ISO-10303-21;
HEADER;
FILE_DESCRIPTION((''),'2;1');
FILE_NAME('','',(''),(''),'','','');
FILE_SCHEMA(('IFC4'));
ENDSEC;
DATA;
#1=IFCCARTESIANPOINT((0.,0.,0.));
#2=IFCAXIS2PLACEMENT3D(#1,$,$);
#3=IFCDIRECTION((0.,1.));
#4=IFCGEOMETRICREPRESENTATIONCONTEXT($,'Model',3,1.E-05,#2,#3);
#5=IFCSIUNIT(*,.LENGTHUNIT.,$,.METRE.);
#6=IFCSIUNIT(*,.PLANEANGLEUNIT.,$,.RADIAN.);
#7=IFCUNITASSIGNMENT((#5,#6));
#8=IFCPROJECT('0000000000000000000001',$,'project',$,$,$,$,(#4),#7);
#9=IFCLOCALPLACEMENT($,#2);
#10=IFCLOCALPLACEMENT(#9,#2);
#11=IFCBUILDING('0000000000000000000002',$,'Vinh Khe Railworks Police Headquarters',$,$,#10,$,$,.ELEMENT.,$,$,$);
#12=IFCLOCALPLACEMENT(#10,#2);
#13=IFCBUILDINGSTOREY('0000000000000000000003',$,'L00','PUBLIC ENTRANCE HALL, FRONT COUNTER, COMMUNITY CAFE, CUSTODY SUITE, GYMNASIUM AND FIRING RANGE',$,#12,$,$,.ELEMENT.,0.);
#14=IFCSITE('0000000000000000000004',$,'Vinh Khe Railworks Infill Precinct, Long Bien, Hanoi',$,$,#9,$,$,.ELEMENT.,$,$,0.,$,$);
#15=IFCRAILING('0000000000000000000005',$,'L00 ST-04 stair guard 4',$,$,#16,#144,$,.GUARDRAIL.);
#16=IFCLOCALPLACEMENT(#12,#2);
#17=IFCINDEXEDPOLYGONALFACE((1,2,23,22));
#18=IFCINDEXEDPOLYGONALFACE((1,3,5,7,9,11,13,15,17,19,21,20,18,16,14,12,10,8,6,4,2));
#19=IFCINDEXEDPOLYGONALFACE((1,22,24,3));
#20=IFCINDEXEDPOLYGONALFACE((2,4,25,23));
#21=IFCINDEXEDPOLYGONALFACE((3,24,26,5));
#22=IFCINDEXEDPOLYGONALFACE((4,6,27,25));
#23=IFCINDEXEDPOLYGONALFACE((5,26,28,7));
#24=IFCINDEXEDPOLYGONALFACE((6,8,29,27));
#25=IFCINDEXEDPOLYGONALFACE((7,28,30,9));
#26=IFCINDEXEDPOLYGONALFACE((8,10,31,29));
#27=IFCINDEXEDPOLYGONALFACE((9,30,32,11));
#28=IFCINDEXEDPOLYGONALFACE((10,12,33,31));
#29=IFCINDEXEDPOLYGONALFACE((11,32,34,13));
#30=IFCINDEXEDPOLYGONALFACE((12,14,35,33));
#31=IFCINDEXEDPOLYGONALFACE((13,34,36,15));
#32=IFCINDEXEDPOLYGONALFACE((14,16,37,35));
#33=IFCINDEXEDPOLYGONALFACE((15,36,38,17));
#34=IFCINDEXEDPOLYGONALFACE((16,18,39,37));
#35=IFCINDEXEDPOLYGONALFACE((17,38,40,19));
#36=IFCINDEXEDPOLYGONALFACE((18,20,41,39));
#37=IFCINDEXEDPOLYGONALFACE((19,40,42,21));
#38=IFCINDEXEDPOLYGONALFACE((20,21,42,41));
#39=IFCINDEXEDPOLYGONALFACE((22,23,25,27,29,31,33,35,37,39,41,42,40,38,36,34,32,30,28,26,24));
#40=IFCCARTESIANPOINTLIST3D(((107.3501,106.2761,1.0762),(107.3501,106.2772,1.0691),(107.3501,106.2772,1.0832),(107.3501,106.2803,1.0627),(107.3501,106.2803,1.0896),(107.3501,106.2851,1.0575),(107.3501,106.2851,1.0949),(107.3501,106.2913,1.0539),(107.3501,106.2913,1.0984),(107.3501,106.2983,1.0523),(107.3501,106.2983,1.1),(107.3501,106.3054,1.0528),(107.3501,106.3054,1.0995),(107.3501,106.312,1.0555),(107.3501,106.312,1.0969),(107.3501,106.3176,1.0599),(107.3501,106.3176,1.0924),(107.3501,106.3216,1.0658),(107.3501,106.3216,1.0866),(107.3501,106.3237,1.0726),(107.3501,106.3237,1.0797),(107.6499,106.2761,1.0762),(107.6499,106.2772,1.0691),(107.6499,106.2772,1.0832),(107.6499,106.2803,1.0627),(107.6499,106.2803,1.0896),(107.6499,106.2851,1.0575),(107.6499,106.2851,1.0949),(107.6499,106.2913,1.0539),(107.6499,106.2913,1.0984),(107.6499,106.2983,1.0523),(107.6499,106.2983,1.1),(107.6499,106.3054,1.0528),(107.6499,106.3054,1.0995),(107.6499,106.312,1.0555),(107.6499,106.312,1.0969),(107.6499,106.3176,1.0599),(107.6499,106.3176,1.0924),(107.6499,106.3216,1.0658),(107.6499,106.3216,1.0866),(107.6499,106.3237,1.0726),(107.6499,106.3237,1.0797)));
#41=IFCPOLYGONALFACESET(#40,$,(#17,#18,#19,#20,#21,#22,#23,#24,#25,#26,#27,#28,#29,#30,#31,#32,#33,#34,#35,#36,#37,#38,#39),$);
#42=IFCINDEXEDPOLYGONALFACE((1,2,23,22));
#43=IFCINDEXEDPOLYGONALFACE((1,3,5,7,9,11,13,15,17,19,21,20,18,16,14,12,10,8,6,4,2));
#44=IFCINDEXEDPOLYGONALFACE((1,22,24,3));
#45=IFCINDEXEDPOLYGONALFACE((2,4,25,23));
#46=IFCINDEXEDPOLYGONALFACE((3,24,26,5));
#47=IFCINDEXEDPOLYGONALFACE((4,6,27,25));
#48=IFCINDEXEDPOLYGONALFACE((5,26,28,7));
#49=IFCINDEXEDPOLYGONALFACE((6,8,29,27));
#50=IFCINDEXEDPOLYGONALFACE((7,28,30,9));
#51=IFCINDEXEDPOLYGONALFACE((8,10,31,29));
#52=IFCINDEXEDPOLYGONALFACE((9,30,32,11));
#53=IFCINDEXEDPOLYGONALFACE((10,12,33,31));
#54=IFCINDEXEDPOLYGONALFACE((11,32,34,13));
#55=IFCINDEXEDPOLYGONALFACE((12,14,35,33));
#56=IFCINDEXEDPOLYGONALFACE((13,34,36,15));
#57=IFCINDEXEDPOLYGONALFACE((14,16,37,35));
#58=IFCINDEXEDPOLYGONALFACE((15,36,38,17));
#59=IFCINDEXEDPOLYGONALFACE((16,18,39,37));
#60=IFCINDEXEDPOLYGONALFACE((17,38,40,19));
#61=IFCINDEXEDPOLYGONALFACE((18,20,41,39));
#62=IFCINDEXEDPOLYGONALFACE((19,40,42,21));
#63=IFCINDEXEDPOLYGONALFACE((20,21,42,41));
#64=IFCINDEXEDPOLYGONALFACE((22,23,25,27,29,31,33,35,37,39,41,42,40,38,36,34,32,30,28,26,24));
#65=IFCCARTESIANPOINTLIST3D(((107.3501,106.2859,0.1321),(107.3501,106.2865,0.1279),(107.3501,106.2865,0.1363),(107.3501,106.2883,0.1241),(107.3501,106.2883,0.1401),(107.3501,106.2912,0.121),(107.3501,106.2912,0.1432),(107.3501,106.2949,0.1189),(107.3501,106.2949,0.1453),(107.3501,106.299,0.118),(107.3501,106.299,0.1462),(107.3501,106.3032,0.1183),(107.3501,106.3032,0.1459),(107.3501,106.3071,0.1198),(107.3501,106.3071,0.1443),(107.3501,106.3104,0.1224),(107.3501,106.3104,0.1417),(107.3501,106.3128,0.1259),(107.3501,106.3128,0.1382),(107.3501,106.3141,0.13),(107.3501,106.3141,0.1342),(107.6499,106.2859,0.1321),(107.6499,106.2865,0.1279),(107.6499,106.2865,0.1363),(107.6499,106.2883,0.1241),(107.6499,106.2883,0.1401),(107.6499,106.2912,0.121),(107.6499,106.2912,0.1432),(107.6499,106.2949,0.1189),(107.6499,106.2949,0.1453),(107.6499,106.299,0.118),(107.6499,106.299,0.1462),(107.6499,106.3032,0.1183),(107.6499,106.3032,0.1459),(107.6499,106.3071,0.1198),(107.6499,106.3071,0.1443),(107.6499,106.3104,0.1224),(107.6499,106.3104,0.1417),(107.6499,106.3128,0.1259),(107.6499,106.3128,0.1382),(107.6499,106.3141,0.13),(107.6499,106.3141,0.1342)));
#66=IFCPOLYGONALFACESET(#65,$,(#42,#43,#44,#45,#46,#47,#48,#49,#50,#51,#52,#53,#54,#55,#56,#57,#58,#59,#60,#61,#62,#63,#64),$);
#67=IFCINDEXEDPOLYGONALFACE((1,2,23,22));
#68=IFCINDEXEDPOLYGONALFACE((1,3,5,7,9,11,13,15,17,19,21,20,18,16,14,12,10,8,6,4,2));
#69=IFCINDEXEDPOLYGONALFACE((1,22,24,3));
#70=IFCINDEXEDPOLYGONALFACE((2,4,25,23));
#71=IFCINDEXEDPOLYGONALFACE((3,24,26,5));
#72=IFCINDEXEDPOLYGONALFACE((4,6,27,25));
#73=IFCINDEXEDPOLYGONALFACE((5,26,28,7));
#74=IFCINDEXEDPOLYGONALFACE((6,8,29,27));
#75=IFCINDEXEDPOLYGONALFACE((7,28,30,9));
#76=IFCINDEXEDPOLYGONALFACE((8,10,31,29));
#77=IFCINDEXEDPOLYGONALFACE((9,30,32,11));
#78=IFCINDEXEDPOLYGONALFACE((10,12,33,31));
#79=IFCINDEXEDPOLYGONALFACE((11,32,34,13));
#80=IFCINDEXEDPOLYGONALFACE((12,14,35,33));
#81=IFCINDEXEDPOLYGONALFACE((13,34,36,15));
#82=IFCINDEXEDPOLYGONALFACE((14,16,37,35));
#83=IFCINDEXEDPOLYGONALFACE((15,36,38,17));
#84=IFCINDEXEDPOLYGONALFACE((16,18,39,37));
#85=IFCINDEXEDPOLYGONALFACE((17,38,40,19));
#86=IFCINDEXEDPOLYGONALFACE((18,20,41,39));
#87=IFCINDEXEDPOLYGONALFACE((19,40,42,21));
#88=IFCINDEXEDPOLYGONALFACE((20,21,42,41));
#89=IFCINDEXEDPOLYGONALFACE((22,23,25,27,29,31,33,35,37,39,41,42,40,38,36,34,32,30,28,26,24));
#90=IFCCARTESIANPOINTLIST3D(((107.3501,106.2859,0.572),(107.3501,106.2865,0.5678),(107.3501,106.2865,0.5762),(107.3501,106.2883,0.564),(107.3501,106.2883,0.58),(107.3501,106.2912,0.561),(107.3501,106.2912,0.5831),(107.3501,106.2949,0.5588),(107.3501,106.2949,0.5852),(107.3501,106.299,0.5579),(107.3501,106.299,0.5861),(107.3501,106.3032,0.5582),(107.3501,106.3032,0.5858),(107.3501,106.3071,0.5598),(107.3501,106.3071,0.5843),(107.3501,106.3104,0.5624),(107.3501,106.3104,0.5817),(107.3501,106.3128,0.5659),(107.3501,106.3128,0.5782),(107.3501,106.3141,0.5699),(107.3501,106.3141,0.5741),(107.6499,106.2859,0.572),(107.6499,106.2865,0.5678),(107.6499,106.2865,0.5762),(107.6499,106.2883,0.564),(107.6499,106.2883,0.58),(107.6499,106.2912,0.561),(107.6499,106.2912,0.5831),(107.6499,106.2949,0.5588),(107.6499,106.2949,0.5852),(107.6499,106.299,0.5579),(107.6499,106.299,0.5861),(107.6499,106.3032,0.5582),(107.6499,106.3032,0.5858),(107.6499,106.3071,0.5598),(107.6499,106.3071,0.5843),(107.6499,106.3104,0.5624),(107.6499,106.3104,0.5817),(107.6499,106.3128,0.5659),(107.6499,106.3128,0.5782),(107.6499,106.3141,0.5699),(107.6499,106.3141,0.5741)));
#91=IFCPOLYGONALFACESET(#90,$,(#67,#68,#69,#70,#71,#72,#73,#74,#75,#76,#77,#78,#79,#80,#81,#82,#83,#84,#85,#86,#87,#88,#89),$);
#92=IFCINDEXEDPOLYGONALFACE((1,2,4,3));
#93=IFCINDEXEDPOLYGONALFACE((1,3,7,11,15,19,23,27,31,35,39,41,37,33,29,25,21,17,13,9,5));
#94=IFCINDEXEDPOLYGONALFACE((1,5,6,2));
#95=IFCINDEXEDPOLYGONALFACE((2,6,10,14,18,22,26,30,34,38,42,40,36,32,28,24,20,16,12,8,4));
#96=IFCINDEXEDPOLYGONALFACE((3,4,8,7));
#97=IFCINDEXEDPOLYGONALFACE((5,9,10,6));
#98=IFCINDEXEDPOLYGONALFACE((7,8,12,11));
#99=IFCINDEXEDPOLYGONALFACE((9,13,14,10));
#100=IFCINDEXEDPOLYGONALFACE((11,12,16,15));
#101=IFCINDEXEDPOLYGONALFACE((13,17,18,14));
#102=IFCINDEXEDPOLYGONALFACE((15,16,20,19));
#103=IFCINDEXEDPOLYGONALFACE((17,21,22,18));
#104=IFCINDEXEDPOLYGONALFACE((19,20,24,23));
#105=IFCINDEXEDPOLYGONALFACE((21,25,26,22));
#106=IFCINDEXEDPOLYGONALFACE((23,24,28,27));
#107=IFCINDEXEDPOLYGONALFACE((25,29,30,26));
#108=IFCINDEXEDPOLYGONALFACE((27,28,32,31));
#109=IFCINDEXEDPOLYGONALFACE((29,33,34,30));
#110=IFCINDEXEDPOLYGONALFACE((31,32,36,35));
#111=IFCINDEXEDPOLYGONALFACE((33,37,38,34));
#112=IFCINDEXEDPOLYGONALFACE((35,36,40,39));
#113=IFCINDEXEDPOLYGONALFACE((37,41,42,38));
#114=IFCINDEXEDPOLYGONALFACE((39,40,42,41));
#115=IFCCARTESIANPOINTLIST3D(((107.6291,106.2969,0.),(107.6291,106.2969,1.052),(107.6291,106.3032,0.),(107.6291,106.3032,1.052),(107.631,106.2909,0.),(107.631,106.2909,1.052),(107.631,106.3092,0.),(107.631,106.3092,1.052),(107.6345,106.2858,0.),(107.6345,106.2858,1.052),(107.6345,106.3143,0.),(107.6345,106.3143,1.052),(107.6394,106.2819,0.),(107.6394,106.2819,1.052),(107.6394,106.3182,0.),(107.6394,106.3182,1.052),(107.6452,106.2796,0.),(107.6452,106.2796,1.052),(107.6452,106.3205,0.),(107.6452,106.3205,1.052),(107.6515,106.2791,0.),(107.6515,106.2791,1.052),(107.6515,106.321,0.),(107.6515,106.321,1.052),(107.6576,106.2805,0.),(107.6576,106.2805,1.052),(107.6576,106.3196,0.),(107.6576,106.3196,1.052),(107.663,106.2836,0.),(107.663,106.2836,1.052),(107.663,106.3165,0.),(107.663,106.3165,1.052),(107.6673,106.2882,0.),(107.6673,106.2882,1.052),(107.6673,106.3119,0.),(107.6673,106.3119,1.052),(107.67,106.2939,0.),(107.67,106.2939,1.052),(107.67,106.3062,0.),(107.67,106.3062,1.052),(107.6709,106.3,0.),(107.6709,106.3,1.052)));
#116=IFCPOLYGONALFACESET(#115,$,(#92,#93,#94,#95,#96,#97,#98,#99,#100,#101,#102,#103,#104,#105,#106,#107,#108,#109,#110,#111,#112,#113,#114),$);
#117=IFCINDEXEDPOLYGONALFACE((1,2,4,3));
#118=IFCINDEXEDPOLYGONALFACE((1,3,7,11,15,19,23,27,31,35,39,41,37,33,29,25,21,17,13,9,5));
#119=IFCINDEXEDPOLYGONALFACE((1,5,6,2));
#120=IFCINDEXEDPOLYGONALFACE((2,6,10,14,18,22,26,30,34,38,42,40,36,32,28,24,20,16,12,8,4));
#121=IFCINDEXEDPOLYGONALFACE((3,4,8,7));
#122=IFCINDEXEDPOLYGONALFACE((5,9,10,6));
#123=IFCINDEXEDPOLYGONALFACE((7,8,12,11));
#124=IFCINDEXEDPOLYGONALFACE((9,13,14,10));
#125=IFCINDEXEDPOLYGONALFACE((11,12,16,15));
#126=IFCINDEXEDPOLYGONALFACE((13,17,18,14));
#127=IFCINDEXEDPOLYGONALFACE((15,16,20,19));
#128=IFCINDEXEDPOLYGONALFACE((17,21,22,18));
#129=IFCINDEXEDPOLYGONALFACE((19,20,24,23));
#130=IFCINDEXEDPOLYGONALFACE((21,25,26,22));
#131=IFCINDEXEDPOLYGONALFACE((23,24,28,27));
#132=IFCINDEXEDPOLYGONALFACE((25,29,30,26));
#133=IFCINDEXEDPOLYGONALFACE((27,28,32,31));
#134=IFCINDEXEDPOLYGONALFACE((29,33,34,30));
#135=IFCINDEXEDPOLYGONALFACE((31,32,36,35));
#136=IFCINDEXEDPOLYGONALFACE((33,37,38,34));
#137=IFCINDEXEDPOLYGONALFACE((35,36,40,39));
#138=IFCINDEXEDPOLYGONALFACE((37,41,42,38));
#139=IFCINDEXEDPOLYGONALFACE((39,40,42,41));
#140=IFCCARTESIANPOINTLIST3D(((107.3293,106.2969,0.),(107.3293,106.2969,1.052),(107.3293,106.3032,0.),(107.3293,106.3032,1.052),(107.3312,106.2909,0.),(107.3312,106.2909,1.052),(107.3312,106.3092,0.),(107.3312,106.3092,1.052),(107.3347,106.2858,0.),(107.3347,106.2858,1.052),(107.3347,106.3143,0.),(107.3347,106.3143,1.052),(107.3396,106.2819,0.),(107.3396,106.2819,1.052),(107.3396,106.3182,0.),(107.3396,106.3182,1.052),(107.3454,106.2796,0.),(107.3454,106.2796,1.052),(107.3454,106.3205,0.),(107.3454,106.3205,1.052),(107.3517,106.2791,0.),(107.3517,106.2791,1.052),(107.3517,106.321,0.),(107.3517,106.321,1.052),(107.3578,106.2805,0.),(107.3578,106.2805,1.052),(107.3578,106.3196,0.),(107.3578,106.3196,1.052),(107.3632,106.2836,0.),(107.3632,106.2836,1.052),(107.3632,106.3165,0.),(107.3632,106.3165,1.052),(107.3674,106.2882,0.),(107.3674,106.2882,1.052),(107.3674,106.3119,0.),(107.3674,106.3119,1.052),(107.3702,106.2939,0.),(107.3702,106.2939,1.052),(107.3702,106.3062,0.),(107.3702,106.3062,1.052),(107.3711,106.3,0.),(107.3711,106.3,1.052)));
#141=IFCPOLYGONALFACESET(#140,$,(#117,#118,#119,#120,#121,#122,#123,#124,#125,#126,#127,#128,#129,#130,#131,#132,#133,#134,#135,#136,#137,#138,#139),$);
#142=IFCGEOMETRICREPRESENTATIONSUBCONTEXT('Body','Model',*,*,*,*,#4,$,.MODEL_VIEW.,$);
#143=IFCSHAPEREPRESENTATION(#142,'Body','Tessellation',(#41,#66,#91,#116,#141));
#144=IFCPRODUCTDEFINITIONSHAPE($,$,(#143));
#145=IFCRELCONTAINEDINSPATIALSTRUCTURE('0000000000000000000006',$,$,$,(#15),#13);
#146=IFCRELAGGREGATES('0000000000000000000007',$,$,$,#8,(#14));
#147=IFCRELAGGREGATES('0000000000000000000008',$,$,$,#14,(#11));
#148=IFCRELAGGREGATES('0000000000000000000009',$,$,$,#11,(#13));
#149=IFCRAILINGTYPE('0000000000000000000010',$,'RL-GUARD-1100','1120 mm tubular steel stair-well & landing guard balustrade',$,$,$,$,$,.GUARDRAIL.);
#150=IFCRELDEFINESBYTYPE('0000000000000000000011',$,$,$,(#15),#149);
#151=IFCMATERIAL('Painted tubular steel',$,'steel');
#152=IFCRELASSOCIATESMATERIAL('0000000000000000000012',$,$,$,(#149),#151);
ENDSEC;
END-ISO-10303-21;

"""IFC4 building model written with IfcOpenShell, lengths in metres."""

from ifc_helpers import new_model, si_unit, direction, frame, origin, origin_2d, place, context, subcontext, project, spatial, circle, extrude, material, type_object, element, save


model = new_model("IFC4")

# Units and contexts
model_context = context("Model", 3, precision=1e-05, world=origin(), true_north=direction((0.0, 1.0)))
body_context = subcontext(model_context, "Body", "Model", "MODEL_VIEW")
ifc_project = project(units=[si_unit("LENGTHUNIT", "METRE"), si_unit("PLANEANGLEUNIT", "RADIAN")], contexts=[model_context])

# Site, building, storey
site_placement = place(None, origin())
site = spatial("IfcSite", under=ifc_project, at=site_placement, Name="Vinh Khe Railworks Infill Precinct, Long Bien, Hanoi", CompositionType="ELEMENT", RefElevation=0.0)
building_placement = place(site_placement, origin())
building = spatial("IfcBuilding", under=site, at=building_placement, Name="Vinh Khe Railworks Police Headquarters", CompositionType="ELEMENT")
storey_placement = place(building_placement, origin())
storey = spatial("IfcBuildingStorey", under=building, at=storey_placement, Name="L00", Description="PUBLIC ENTRANCE HALL, FRONT COUNTER, COMMUNITY CAFE, CUSTODY SUITE, GYMNASIUM AND FIRING RANGE", CompositionType="ELEMENT", Elevation=0.0)

# Railing
ifc_material_1 = material(Name="Painted tubular steel", Category="steel")
railing_type = type_object("IfcRailingType", Name="RL-GUARD-1100", Description="1120 mm tubular steel stair-well & landing guard balustrade", PredefinedType="GUARDRAIL", material=ifc_material_1)
railing_1_placement = place(storey_placement, frame((107.6499, 106.3, 0.0)))
element("IfcRailing", 1, at=railing_1_placement, inside=storey, type_object=railing_type, Name="L00 ST-04 stair guard 4", PredefinedType="GUARDRAIL", context=body_context, shape_type="SweptSolid", body=[
    extrude(circle(Radius=0.0239, at=origin_2d()), frame((0.0, 0.0, 1.0762), z_axis=(-1.0, 0.0, 0.0), x_axis=(0.0, -1.0, 0.0)), (0.0, 0.0, 1.0), 0.2998),
    extrude(circle(Radius=0.0142, at=origin_2d()), frame((0.0, 0.0, 0.1321), z_axis=(-1.0, 0.0, 0.0), x_axis=(0.0, -1.0, 0.0)), (0.0, 0.0, 1.0), 0.2998),
    extrude(circle(Radius=0.0142, at=origin_2d()), frame((0.0, 0.0, 0.572), z_axis=(-1.0, 0.0, 0.0), x_axis=(0.0, -1.0, 0.0)), (0.0, 0.0, 1.0), 0.2998),
    extrude(circle(Radius=0.021, at=origin_2d()), origin(), (0.0, 0.0, 1.0), 1.052),
    extrude(circle(Radius=0.021, at=origin_2d()), frame((-0.2998, 0.0, 0.0)), (0.0, 0.0, 1.0), 1.052),
])

save(model, "model.ifc")
